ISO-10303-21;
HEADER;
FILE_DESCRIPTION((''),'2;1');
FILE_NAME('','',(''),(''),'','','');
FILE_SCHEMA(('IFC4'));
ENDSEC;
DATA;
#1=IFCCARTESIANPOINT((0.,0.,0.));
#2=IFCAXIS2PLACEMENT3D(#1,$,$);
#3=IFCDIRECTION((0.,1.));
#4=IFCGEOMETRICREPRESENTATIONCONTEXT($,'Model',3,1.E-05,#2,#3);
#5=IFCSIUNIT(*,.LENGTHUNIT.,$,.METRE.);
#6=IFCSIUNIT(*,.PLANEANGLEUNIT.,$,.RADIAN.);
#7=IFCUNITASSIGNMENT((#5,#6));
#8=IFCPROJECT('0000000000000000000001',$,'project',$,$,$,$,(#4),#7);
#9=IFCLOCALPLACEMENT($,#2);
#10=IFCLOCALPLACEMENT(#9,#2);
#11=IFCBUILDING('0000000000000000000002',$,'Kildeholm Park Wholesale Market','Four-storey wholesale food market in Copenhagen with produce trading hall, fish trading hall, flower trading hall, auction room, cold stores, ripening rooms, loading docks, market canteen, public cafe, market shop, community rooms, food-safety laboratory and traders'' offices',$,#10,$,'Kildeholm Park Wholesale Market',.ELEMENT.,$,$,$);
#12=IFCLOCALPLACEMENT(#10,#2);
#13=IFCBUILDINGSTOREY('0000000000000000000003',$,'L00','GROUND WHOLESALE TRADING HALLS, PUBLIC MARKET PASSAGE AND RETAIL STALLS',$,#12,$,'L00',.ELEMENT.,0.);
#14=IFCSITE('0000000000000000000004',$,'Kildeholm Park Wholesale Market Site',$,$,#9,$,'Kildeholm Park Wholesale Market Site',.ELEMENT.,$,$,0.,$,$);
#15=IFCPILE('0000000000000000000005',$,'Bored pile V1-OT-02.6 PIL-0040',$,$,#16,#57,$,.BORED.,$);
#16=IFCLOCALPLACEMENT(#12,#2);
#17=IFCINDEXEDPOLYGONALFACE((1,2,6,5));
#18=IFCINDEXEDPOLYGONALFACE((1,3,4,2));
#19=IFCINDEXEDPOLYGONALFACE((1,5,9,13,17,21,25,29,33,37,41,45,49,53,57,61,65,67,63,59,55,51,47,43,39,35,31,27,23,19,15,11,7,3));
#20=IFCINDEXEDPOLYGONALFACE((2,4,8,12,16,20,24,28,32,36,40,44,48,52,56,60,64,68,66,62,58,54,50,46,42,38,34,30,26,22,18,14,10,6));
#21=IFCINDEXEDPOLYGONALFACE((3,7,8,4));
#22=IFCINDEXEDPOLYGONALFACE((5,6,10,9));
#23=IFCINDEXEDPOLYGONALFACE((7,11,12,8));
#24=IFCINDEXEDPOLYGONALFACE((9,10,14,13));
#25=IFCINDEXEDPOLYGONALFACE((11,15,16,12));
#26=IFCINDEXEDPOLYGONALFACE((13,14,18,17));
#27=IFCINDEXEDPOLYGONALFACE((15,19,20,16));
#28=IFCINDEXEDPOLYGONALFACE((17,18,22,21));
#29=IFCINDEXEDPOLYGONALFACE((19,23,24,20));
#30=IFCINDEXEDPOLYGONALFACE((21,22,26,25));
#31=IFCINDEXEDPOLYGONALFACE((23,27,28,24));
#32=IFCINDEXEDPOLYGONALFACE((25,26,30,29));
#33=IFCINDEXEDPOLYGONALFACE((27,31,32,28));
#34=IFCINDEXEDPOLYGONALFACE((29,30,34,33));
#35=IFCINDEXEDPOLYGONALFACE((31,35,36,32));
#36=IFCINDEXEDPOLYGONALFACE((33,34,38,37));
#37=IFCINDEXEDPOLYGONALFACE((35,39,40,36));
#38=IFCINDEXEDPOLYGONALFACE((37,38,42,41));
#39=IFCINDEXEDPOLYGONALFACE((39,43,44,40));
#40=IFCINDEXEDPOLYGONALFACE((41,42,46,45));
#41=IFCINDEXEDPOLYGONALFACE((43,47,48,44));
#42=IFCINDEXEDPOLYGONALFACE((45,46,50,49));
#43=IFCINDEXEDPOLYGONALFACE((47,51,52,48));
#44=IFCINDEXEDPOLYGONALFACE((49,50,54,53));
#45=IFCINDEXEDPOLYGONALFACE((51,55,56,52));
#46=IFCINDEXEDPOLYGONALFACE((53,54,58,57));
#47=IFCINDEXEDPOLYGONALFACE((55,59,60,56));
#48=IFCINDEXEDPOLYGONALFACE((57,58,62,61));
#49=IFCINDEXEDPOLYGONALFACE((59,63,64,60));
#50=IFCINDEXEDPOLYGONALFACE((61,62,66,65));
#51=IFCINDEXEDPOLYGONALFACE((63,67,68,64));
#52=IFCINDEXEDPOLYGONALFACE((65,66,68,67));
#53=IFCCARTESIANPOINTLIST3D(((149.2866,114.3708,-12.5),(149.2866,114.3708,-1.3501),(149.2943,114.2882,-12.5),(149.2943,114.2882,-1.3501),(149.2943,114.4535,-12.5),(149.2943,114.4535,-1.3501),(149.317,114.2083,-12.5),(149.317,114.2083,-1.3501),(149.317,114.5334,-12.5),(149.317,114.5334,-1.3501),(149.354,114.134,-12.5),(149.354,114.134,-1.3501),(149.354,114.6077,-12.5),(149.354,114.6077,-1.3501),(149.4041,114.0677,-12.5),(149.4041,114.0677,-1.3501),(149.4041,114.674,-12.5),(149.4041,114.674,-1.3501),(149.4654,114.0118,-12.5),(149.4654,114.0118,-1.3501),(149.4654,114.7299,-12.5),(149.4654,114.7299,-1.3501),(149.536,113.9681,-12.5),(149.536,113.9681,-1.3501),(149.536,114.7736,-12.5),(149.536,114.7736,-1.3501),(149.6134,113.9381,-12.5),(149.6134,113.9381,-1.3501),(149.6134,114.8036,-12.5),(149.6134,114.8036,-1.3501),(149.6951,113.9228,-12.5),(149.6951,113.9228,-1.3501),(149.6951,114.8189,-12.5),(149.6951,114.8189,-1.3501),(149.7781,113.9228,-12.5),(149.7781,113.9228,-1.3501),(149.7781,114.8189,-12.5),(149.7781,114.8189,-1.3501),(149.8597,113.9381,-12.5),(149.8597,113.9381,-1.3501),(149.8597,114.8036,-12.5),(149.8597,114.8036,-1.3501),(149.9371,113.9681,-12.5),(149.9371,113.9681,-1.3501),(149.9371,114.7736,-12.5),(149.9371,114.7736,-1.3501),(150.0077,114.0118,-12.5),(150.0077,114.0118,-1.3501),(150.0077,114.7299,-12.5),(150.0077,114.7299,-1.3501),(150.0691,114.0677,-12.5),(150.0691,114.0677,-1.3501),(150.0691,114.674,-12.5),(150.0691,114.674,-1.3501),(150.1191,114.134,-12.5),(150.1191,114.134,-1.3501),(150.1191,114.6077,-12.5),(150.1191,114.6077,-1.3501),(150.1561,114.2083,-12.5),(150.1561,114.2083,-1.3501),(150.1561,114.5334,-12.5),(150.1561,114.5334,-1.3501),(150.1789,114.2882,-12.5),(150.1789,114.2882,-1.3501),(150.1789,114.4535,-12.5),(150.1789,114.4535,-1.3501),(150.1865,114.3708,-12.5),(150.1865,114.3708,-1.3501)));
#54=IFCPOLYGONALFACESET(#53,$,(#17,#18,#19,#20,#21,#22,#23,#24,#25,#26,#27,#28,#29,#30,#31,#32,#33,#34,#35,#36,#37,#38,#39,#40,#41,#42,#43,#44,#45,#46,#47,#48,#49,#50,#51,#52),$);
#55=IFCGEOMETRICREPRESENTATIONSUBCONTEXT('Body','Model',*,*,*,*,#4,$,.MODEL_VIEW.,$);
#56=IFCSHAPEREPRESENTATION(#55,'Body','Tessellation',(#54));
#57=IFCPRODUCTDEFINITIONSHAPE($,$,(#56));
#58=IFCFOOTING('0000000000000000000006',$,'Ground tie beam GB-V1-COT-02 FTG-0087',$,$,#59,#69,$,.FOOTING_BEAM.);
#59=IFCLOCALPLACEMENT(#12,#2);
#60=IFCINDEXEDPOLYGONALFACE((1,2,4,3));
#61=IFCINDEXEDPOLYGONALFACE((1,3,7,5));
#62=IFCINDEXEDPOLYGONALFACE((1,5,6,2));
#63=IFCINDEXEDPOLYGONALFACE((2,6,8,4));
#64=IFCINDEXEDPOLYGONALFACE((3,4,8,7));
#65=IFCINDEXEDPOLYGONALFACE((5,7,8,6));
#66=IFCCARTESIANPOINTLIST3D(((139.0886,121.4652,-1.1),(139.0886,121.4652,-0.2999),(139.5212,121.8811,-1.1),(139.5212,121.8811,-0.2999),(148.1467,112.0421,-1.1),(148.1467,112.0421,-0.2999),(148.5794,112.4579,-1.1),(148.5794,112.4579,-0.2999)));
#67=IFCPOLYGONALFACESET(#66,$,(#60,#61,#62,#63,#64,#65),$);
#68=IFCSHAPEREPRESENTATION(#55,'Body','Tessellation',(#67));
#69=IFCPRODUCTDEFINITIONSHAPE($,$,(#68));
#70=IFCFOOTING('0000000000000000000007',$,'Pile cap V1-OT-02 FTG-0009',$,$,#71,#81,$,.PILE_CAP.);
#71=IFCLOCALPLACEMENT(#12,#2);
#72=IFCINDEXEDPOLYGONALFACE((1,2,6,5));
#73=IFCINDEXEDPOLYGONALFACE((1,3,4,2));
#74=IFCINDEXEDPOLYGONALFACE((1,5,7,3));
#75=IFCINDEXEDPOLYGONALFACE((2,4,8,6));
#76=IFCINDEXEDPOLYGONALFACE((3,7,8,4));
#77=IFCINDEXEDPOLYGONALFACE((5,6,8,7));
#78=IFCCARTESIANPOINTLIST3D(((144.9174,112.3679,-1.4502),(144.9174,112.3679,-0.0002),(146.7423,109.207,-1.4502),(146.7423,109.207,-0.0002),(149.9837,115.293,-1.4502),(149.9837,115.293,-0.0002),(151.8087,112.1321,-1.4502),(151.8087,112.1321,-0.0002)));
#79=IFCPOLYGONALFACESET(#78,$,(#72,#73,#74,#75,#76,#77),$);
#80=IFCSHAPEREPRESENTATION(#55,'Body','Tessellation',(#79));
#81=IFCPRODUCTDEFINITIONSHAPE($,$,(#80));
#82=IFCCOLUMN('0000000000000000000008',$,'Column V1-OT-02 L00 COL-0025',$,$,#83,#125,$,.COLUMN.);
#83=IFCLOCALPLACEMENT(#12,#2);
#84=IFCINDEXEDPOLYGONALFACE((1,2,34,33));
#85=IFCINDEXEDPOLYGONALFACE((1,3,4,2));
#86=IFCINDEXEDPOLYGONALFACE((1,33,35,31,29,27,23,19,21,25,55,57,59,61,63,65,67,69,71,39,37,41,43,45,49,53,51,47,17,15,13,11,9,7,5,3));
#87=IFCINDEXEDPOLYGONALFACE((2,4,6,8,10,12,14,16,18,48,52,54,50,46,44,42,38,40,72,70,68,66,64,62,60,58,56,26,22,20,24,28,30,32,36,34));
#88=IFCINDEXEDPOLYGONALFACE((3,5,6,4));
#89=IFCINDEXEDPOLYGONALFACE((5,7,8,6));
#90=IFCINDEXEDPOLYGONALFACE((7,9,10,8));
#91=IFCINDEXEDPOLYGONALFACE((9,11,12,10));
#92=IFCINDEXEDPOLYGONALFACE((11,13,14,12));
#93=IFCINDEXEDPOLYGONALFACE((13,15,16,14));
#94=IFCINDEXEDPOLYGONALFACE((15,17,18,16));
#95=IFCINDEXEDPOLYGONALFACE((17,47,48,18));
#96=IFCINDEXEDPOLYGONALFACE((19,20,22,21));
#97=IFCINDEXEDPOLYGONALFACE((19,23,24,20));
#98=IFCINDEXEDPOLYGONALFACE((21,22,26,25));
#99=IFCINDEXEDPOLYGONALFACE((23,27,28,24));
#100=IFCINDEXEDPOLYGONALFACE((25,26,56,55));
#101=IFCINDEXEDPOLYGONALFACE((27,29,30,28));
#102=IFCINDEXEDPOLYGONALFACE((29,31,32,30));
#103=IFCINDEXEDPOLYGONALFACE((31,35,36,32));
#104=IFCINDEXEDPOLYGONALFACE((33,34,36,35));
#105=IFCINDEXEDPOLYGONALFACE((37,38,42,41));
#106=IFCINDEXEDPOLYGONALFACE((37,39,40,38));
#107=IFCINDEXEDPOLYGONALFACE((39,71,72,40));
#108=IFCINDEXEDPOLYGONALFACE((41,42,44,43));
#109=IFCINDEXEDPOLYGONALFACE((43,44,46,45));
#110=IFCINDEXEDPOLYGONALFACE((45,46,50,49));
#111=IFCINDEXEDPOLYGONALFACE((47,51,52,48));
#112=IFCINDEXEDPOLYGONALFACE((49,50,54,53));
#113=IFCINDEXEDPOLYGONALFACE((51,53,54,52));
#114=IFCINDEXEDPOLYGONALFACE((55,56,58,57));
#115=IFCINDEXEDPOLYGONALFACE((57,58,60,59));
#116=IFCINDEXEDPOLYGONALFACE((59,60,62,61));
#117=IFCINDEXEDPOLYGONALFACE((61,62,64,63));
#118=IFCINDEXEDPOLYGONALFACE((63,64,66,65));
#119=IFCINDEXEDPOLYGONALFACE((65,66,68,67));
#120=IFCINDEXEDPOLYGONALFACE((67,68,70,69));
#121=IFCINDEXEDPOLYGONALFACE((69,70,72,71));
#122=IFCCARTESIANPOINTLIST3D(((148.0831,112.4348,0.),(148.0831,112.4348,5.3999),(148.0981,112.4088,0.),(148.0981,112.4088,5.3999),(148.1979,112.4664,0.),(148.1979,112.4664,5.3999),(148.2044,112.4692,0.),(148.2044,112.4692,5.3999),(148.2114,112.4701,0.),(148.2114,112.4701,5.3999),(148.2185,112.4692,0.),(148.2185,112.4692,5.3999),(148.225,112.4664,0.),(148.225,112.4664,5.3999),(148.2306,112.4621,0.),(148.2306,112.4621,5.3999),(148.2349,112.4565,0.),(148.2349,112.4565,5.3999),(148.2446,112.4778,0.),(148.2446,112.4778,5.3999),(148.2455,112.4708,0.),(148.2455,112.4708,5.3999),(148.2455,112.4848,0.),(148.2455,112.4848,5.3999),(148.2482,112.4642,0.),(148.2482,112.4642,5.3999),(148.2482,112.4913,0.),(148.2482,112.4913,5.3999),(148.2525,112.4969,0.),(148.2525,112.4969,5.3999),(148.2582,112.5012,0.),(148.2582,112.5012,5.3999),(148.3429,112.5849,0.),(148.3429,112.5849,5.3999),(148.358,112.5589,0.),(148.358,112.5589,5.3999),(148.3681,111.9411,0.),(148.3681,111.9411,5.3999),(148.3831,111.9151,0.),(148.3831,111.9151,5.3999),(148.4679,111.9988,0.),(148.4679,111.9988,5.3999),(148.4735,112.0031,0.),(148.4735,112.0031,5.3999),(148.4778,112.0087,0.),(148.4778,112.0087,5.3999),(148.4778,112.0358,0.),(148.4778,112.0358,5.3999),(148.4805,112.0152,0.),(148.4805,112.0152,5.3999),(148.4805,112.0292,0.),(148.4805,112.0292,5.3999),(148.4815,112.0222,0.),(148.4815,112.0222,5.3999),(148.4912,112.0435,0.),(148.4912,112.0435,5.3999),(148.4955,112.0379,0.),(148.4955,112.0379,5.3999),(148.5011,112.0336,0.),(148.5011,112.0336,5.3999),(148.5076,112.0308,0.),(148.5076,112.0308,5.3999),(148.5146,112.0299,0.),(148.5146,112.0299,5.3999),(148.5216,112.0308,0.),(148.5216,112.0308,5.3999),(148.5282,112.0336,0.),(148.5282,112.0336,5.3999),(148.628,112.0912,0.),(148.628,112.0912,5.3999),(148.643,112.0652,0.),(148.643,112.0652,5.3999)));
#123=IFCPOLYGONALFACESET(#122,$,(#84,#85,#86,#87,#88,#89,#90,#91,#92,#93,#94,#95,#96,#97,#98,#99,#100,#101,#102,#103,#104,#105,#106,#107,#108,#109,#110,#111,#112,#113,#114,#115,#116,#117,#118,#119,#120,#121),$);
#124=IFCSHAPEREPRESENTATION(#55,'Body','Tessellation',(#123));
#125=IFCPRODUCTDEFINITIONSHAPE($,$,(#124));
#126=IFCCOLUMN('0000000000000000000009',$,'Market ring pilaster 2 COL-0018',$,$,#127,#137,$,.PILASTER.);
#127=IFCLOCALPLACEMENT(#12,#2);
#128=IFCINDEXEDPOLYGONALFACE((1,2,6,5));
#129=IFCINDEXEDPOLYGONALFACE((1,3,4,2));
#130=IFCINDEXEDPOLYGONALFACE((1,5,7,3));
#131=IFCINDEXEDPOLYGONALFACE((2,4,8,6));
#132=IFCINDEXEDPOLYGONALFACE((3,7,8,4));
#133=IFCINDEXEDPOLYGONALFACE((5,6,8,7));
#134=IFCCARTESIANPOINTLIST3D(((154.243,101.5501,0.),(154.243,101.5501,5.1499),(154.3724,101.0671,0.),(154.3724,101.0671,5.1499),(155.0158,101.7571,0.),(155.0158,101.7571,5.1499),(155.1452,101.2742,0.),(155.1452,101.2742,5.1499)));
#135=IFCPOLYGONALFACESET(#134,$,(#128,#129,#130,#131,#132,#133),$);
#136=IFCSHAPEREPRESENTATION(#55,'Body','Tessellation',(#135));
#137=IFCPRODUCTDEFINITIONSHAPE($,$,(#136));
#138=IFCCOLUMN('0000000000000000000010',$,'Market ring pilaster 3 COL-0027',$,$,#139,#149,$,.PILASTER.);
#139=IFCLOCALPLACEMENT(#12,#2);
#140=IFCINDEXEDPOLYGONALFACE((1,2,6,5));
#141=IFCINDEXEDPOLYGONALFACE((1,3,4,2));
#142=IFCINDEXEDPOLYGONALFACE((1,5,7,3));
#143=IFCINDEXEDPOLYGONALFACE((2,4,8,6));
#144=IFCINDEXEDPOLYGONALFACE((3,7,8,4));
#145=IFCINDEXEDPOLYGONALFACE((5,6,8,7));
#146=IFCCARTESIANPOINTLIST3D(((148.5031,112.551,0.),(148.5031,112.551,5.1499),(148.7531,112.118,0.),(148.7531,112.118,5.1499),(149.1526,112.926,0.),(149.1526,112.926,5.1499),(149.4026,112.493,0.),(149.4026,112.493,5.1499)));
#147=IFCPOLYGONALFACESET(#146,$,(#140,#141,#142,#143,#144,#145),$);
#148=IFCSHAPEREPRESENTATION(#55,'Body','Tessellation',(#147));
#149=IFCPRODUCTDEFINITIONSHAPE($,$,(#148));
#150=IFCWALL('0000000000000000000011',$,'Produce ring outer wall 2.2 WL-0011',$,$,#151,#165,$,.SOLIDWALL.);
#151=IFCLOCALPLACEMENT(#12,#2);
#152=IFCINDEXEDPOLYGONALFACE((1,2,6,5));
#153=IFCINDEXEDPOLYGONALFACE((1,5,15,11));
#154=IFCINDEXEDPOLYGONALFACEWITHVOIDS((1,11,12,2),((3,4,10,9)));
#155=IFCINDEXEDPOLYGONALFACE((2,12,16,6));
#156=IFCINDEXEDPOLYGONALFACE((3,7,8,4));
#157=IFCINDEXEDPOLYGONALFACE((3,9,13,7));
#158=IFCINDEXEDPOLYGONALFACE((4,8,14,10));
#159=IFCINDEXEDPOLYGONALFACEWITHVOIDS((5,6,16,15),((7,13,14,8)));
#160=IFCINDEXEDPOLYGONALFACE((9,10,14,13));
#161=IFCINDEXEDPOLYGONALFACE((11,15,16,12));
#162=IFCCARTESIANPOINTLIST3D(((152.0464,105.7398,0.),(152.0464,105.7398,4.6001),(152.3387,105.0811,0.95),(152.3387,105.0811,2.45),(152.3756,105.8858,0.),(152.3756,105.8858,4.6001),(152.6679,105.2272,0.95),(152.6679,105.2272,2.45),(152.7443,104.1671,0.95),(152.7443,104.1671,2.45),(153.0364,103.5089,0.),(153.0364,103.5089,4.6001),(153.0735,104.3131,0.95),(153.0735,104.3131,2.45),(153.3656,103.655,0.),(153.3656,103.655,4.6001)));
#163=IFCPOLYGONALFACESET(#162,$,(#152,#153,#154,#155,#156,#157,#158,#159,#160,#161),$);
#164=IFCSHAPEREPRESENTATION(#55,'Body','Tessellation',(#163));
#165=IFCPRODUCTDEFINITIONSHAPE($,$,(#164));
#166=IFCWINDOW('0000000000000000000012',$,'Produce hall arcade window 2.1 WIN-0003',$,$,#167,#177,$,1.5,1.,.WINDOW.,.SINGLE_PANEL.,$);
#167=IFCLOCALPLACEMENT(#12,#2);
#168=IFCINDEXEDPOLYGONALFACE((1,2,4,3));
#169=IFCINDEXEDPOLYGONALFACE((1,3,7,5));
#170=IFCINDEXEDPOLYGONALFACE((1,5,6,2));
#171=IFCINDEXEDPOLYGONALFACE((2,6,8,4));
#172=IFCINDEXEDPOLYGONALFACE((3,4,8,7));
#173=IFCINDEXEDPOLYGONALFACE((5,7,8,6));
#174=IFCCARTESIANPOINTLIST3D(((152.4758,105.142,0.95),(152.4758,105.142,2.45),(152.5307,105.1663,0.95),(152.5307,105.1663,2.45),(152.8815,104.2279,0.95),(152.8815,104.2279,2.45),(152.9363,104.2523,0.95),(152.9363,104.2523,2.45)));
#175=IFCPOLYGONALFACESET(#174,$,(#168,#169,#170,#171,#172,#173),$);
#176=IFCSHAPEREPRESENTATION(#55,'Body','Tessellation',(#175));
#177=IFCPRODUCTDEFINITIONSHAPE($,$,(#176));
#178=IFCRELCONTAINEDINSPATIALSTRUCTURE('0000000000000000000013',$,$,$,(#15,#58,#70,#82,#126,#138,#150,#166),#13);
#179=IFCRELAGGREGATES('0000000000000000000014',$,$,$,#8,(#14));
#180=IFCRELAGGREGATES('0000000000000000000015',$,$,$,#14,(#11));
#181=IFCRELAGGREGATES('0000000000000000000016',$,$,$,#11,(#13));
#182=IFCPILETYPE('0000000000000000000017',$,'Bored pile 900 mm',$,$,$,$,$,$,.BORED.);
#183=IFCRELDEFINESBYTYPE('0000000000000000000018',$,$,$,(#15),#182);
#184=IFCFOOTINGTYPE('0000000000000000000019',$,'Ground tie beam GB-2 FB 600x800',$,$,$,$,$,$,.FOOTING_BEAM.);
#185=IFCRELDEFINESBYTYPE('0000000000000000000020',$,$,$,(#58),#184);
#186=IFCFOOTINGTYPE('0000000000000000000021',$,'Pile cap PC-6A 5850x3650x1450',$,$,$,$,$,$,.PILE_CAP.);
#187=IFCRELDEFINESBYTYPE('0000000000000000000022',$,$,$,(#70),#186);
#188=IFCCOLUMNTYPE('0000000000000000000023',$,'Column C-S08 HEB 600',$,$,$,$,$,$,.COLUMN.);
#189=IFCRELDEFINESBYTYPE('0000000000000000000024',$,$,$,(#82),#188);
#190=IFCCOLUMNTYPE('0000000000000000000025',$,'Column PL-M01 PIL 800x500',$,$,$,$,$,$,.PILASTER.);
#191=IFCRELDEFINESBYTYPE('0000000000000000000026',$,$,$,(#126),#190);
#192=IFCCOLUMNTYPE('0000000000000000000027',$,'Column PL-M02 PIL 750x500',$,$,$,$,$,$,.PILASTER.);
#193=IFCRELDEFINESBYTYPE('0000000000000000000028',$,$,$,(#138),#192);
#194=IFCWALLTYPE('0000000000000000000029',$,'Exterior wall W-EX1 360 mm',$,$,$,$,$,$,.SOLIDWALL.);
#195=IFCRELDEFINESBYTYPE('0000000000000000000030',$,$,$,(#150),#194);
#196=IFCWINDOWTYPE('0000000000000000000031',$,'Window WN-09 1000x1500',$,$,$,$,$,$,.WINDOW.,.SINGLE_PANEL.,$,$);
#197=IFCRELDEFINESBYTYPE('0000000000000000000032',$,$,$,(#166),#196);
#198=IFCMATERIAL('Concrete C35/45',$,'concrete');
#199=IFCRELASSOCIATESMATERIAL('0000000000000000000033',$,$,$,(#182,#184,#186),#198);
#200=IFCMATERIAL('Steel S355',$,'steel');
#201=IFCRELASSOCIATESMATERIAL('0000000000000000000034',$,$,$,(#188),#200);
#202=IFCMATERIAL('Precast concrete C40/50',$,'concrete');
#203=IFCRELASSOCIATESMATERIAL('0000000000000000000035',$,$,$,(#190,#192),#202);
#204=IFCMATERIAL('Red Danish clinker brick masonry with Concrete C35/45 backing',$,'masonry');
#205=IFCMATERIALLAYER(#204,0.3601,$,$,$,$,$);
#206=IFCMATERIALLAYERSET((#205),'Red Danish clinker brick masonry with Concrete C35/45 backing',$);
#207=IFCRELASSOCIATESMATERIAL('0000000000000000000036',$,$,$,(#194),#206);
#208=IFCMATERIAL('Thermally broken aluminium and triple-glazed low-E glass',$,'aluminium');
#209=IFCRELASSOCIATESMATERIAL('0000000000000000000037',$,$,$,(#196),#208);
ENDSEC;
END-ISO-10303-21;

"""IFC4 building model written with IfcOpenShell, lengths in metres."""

from ifc_helpers import new_model, si_unit, direction, frame, frame_2d, origin, origin_2d, place, context, subcontext, project, spatial, rectangle, circle, i_section, extrude, material, layer, layer_set, material_profile, profile_set, type_object, element, fill, save


model = new_model("IFC4")

# Units and contexts
model_context = context("Model", 3, precision=1e-05, world=origin(), true_north=direction((0.0, 1.0)))
body_context = subcontext(model_context, "Body", "Model", "MODEL_VIEW")
ifc_project = project(units=[si_unit("LENGTHUNIT", "METRE"), si_unit("PLANEANGLEUNIT", "RADIAN")], contexts=[model_context])

# Site, building, storey
site_placement = place(None, origin())
site = spatial("IfcSite", under=ifc_project, at=site_placement, Name="Kildeholm Park Wholesale Market Site", LongName="Kildeholm Park Wholesale Market Site", CompositionType="ELEMENT", RefElevation=0.0)
building_placement = place(site_placement, origin())
building = spatial("IfcBuilding", under=site, at=building_placement, Name="Kildeholm Park Wholesale Market", Description="Four-storey wholesale food market in Copenhagen with produce trading hall, fish trading hall, flower trading hall, auction room, cold stores, ripening rooms, loading docks, market canteen, public cafe, market shop, community rooms, food-safety laboratory and traders' offices", LongName="Kildeholm Park Wholesale Market", CompositionType="ELEMENT")
storey_placement = place(building_placement, origin())
storey = spatial("IfcBuildingStorey", under=building, at=storey_placement, Name="L00", Description="GROUND WHOLESALE TRADING HALLS, PUBLIC MARKET PASSAGE AND RETAIL STALLS", LongName="L00", CompositionType="ELEMENT", Elevation=0.0)

# Pile
ifc_material_1 = material(Name="Concrete C35/45", Category="concrete")
ifc_material_profile_1 = material_profile(ifc_material_1, circle(Radius=0.45, at=origin_2d()), Name="PILE D900")
ifc_profile_set_1 = profile_set([ifc_material_profile_1], Name="Concrete C35/45")
pile_type_1 = type_object("IfcPileType", Name="Bored pile 900 mm", PredefinedType="BORED", material=ifc_profile_set_1)
for number, where, z_axis, x_axis, name in (
    (1, (149.7366, 114.3708, -1.3501), (0.0, 0.0, -1.0), (1.0, 0.0, 0.0), "Bored pile V1-OT-02.6 PIL-0040"),
):
    element("IfcPile", number, at=place(storey_placement, frame(where, z_axis=z_axis, x_axis=x_axis)), inside=storey, type_object=pile_type_1, Name=name, PredefinedType="BORED", context=body_context, shape_type="SweptSolid", body=[
        extrude(circle(Radius=0.45, at=origin_2d()), origin(), (0.0, 0.0, 1.0), 11.1499),
    ])

# Footings
ifc_material_profile_2 = material_profile(ifc_material_1, rectangle(XDim=0.6001, YDim=0.8, at=origin_2d()), Name="FB 600x800")
ifc_profile_set_2 = profile_set([ifc_material_profile_2], Name="Concrete C35/45")
footing_type_1 = type_object("IfcFootingType", Name="Ground tie beam GB-2 FB 600x800", PredefinedType="FOOTING_BEAM", material=ifc_profile_set_2)
footing_1_placement = place(storey_placement, frame((148.363, 112.25, -0.7), z_axis=(-0.693007, 0.720931, 0.0), x_axis=(-0.720931, -0.693007, 0.0)))
element("IfcFooting", 2, at=footing_1_placement, inside=storey, type_object=footing_type_1, Name="Ground tie beam GB-V1-COT-02 FTG-0087", PredefinedType="FOOTING_BEAM", context=body_context, shape_type="SweptSolid", body=[
    extrude(rectangle(XDim=0.6001, YDim=0.8, at=origin_2d()), origin(), (0.0, 0.0, 1.0), 13.0708),
])
footing_type_2 = type_object("IfcFootingType", Name="Pile cap PC-6A 5850x3650x1450", PredefinedType="PILE_CAP", material=ifc_material_1)
footing_2_placement = place(storey_placement, frame((148.363, 112.25, -1.4502), z_axis=(0.0, 0.0, 1.0), x_axis=(0.866025, 0.5, 0.0)))
element("IfcFooting", 3, at=footing_2_placement, inside=storey, type_object=footing_type_2, Name="Pile cap V1-OT-02 FTG-0009", PredefinedType="PILE_CAP", context=body_context, shape_type="SweptSolid", body=[
    extrude(rectangle(XDim=5.8501, YDim=3.6499, at=origin_2d()), origin(), (0.0, 0.0, 1.0), 1.45),
])

# Columns
ifc_material_2 = material(Name="Steel S355", Category="steel")
ifc_material_profile_3 = material_profile(ifc_material_2, i_section(OverallWidth=0.3, OverallDepth=0.6001, WebThickness=0.0154, FlangeThickness=0.03, FilletRadius=0.0271, at=origin_2d()), Name="HEB 600")
ifc_profile_set_3 = profile_set([ifc_material_profile_3], Name="Steel S355")
column_type_1 = type_object("IfcColumnType", Name="Column C-S08 HEB 600", PredefinedType="COLUMN", material=ifc_profile_set_3)
column_1_placement = place(storey_placement, frame((148.363, 112.25, 0.0), z_axis=(0.0, 0.0, 1.0), x_axis=(0.866025, 0.5, 0.0)))
element("IfcColumn", 4, at=column_1_placement, inside=storey, type_object=column_type_1, Name="Column V1-OT-02 L00 COL-0025", PredefinedType="COLUMN", context=body_context, shape_type="SweptSolid", body=[
    extrude(i_section(OverallWidth=0.3, OverallDepth=0.6001, WebThickness=0.0154, FlangeThickness=0.03, FilletRadius=0.0271, at=origin_2d()), origin(), (0.0, 0.0, 1.0), 5.3999),
])
ifc_material_3 = material(Name="Precast concrete C40/50", Category="concrete")
ifc_material_profile_4 = material_profile(ifc_material_3, rectangle(XDim=0.8, YDim=0.5, at=origin_2d()), Name="PIL 800x500")
ifc_profile_set_4 = profile_set([ifc_material_profile_4], Name="Precast concrete C40/50")
column_type_2 = type_object("IfcColumnType", Name="Column PL-M01 PIL 800x500", PredefinedType="PILASTER", material=ifc_profile_set_4)
column_2_placement = place(storey_placement, frame((154.6941, 101.4121, 0.0), z_axis=(0.0, 0.0, 1.0), x_axis=(0.965926, 0.258819, 0.0)))
element("IfcColumn", 5, at=column_2_placement, inside=storey, type_object=column_type_2, Name="Market ring pilaster 2 COL-0018", PredefinedType="PILASTER", context=body_context, shape_type="SweptSolid", body=[
    extrude(rectangle(XDim=0.8, YDim=0.5, at=origin_2d()), origin(), (0.0, 0.0, 1.0), 5.1499),
])
ifc_material_profile_5 = material_profile(ifc_material_3, rectangle(XDim=0.75, YDim=0.5, at=origin_2d()), Name="PIL 750x500")
ifc_profile_set_5 = profile_set([ifc_material_profile_5], Name="Precast concrete C40/50")
column_type_3 = type_object("IfcColumnType", Name="Column PL-M02 PIL 750x500", PredefinedType="PILASTER", material=ifc_profile_set_5)
column_3_placement = place(storey_placement, frame((148.9529, 112.522, 0.0), z_axis=(0.0, 0.0, 1.0), x_axis=(0.866025, 0.5, 0.0)))
element("IfcColumn", 6, at=column_3_placement, inside=storey, type_object=column_type_3, Name="Market ring pilaster 3 COL-0027", PredefinedType="PILASTER", context=body_context, shape_type="SweptSolid", body=[
    extrude(rectangle(XDim=0.75, YDim=0.5, at=origin_2d()), origin(), (0.0, 0.0, 1.0), 5.1499),
])

# Wall, opening, window
ifc_material_4 = material(Name="Red Danish clinker brick masonry with Concrete C35/45 backing", Category="masonry")
ifc_layer_1 = layer(ifc_material_4, 0.3601)
ifc_layer_set_1 = layer_set([ifc_layer_1], Name="Red Danish clinker brick masonry with Concrete C35/45 backing")
wall_type_1 = type_object("IfcWallType", Name="Exterior wall W-EX1 360 mm", PredefinedType="SOLIDWALL", material=ifc_layer_set_1)
wall_1_placement = place(storey_placement, frame((153.2009, 103.582, 0.0), z_axis=(0.0, 0.0, 1.0), x_axis=(-0.405609, 0.914047, 0.0)))
wall_1 = element("IfcWall", 7, at=wall_1_placement, inside=storey, type_object=wall_type_1, Name="Produce ring outer wall 2.2 WL-0011", PredefinedType="SOLIDWALL", context=body_context, shape_type="SweptSolid", body=[
    extrude(rectangle(XDim=2.4407, YDim=0.3601, at=frame_2d((1.2202, 0.0))), origin(), (0.0, 0.0, 1.0), 4.6001),
])
opening_1_placement = place(wall_1_placement, frame((0.72, 0.0, 0.95)))
opening_1 = element("IfcOpeningElement", 8, at=opening_1_placement, cuts=wall_1, PredefinedType="OPENING", context=body_context, shape_type="SweptSolid", body=[
    extrude(rectangle(XDim=1.0, YDim=1.5, at=frame_2d((0.5, 0.75))), frame((0.0, 0.1899, 0.0), z_axis=(0.0, -1.0, 0.0), x_axis=(1.0, 0.0, 0.0)), (0.0, 0.0, 1.0), 0.3801),
])
ifc_material_5 = material(Name="Thermally broken aluminium and triple-glazed low-E glass", Category="aluminium")
window_type_1 = type_object("IfcWindowType", Name="Window WN-09 1000x1500", PartitioningType="SINGLE_PANEL", PredefinedType="WINDOW", material=ifc_material_5)
window_1_placement = place(opening_1_placement, origin())
window_1 = element("IfcWindow", 9, at=window_1_placement, inside=storey, type_object=window_type_1, Name="Produce hall arcade window 2.1 WIN-0003", OverallHeight=1.5, OverallWidth=1.0, PartitioningType="SINGLE_PANEL", PredefinedType="WINDOW", context=body_context, shape_type="SweptSolid", body=[
    extrude(rectangle(XDim=1.0, YDim=1.5, at=frame_2d((0.5, 0.75))), frame((0.0, 0.03, 0.0), z_axis=(0.0, -1.0, 0.0), x_axis=(1.0, 0.0, 0.0)), (0.0, 0.0, 1.0), 0.0601),
])
fill(opening_1, window_1)

save(model, "model.ifc")
